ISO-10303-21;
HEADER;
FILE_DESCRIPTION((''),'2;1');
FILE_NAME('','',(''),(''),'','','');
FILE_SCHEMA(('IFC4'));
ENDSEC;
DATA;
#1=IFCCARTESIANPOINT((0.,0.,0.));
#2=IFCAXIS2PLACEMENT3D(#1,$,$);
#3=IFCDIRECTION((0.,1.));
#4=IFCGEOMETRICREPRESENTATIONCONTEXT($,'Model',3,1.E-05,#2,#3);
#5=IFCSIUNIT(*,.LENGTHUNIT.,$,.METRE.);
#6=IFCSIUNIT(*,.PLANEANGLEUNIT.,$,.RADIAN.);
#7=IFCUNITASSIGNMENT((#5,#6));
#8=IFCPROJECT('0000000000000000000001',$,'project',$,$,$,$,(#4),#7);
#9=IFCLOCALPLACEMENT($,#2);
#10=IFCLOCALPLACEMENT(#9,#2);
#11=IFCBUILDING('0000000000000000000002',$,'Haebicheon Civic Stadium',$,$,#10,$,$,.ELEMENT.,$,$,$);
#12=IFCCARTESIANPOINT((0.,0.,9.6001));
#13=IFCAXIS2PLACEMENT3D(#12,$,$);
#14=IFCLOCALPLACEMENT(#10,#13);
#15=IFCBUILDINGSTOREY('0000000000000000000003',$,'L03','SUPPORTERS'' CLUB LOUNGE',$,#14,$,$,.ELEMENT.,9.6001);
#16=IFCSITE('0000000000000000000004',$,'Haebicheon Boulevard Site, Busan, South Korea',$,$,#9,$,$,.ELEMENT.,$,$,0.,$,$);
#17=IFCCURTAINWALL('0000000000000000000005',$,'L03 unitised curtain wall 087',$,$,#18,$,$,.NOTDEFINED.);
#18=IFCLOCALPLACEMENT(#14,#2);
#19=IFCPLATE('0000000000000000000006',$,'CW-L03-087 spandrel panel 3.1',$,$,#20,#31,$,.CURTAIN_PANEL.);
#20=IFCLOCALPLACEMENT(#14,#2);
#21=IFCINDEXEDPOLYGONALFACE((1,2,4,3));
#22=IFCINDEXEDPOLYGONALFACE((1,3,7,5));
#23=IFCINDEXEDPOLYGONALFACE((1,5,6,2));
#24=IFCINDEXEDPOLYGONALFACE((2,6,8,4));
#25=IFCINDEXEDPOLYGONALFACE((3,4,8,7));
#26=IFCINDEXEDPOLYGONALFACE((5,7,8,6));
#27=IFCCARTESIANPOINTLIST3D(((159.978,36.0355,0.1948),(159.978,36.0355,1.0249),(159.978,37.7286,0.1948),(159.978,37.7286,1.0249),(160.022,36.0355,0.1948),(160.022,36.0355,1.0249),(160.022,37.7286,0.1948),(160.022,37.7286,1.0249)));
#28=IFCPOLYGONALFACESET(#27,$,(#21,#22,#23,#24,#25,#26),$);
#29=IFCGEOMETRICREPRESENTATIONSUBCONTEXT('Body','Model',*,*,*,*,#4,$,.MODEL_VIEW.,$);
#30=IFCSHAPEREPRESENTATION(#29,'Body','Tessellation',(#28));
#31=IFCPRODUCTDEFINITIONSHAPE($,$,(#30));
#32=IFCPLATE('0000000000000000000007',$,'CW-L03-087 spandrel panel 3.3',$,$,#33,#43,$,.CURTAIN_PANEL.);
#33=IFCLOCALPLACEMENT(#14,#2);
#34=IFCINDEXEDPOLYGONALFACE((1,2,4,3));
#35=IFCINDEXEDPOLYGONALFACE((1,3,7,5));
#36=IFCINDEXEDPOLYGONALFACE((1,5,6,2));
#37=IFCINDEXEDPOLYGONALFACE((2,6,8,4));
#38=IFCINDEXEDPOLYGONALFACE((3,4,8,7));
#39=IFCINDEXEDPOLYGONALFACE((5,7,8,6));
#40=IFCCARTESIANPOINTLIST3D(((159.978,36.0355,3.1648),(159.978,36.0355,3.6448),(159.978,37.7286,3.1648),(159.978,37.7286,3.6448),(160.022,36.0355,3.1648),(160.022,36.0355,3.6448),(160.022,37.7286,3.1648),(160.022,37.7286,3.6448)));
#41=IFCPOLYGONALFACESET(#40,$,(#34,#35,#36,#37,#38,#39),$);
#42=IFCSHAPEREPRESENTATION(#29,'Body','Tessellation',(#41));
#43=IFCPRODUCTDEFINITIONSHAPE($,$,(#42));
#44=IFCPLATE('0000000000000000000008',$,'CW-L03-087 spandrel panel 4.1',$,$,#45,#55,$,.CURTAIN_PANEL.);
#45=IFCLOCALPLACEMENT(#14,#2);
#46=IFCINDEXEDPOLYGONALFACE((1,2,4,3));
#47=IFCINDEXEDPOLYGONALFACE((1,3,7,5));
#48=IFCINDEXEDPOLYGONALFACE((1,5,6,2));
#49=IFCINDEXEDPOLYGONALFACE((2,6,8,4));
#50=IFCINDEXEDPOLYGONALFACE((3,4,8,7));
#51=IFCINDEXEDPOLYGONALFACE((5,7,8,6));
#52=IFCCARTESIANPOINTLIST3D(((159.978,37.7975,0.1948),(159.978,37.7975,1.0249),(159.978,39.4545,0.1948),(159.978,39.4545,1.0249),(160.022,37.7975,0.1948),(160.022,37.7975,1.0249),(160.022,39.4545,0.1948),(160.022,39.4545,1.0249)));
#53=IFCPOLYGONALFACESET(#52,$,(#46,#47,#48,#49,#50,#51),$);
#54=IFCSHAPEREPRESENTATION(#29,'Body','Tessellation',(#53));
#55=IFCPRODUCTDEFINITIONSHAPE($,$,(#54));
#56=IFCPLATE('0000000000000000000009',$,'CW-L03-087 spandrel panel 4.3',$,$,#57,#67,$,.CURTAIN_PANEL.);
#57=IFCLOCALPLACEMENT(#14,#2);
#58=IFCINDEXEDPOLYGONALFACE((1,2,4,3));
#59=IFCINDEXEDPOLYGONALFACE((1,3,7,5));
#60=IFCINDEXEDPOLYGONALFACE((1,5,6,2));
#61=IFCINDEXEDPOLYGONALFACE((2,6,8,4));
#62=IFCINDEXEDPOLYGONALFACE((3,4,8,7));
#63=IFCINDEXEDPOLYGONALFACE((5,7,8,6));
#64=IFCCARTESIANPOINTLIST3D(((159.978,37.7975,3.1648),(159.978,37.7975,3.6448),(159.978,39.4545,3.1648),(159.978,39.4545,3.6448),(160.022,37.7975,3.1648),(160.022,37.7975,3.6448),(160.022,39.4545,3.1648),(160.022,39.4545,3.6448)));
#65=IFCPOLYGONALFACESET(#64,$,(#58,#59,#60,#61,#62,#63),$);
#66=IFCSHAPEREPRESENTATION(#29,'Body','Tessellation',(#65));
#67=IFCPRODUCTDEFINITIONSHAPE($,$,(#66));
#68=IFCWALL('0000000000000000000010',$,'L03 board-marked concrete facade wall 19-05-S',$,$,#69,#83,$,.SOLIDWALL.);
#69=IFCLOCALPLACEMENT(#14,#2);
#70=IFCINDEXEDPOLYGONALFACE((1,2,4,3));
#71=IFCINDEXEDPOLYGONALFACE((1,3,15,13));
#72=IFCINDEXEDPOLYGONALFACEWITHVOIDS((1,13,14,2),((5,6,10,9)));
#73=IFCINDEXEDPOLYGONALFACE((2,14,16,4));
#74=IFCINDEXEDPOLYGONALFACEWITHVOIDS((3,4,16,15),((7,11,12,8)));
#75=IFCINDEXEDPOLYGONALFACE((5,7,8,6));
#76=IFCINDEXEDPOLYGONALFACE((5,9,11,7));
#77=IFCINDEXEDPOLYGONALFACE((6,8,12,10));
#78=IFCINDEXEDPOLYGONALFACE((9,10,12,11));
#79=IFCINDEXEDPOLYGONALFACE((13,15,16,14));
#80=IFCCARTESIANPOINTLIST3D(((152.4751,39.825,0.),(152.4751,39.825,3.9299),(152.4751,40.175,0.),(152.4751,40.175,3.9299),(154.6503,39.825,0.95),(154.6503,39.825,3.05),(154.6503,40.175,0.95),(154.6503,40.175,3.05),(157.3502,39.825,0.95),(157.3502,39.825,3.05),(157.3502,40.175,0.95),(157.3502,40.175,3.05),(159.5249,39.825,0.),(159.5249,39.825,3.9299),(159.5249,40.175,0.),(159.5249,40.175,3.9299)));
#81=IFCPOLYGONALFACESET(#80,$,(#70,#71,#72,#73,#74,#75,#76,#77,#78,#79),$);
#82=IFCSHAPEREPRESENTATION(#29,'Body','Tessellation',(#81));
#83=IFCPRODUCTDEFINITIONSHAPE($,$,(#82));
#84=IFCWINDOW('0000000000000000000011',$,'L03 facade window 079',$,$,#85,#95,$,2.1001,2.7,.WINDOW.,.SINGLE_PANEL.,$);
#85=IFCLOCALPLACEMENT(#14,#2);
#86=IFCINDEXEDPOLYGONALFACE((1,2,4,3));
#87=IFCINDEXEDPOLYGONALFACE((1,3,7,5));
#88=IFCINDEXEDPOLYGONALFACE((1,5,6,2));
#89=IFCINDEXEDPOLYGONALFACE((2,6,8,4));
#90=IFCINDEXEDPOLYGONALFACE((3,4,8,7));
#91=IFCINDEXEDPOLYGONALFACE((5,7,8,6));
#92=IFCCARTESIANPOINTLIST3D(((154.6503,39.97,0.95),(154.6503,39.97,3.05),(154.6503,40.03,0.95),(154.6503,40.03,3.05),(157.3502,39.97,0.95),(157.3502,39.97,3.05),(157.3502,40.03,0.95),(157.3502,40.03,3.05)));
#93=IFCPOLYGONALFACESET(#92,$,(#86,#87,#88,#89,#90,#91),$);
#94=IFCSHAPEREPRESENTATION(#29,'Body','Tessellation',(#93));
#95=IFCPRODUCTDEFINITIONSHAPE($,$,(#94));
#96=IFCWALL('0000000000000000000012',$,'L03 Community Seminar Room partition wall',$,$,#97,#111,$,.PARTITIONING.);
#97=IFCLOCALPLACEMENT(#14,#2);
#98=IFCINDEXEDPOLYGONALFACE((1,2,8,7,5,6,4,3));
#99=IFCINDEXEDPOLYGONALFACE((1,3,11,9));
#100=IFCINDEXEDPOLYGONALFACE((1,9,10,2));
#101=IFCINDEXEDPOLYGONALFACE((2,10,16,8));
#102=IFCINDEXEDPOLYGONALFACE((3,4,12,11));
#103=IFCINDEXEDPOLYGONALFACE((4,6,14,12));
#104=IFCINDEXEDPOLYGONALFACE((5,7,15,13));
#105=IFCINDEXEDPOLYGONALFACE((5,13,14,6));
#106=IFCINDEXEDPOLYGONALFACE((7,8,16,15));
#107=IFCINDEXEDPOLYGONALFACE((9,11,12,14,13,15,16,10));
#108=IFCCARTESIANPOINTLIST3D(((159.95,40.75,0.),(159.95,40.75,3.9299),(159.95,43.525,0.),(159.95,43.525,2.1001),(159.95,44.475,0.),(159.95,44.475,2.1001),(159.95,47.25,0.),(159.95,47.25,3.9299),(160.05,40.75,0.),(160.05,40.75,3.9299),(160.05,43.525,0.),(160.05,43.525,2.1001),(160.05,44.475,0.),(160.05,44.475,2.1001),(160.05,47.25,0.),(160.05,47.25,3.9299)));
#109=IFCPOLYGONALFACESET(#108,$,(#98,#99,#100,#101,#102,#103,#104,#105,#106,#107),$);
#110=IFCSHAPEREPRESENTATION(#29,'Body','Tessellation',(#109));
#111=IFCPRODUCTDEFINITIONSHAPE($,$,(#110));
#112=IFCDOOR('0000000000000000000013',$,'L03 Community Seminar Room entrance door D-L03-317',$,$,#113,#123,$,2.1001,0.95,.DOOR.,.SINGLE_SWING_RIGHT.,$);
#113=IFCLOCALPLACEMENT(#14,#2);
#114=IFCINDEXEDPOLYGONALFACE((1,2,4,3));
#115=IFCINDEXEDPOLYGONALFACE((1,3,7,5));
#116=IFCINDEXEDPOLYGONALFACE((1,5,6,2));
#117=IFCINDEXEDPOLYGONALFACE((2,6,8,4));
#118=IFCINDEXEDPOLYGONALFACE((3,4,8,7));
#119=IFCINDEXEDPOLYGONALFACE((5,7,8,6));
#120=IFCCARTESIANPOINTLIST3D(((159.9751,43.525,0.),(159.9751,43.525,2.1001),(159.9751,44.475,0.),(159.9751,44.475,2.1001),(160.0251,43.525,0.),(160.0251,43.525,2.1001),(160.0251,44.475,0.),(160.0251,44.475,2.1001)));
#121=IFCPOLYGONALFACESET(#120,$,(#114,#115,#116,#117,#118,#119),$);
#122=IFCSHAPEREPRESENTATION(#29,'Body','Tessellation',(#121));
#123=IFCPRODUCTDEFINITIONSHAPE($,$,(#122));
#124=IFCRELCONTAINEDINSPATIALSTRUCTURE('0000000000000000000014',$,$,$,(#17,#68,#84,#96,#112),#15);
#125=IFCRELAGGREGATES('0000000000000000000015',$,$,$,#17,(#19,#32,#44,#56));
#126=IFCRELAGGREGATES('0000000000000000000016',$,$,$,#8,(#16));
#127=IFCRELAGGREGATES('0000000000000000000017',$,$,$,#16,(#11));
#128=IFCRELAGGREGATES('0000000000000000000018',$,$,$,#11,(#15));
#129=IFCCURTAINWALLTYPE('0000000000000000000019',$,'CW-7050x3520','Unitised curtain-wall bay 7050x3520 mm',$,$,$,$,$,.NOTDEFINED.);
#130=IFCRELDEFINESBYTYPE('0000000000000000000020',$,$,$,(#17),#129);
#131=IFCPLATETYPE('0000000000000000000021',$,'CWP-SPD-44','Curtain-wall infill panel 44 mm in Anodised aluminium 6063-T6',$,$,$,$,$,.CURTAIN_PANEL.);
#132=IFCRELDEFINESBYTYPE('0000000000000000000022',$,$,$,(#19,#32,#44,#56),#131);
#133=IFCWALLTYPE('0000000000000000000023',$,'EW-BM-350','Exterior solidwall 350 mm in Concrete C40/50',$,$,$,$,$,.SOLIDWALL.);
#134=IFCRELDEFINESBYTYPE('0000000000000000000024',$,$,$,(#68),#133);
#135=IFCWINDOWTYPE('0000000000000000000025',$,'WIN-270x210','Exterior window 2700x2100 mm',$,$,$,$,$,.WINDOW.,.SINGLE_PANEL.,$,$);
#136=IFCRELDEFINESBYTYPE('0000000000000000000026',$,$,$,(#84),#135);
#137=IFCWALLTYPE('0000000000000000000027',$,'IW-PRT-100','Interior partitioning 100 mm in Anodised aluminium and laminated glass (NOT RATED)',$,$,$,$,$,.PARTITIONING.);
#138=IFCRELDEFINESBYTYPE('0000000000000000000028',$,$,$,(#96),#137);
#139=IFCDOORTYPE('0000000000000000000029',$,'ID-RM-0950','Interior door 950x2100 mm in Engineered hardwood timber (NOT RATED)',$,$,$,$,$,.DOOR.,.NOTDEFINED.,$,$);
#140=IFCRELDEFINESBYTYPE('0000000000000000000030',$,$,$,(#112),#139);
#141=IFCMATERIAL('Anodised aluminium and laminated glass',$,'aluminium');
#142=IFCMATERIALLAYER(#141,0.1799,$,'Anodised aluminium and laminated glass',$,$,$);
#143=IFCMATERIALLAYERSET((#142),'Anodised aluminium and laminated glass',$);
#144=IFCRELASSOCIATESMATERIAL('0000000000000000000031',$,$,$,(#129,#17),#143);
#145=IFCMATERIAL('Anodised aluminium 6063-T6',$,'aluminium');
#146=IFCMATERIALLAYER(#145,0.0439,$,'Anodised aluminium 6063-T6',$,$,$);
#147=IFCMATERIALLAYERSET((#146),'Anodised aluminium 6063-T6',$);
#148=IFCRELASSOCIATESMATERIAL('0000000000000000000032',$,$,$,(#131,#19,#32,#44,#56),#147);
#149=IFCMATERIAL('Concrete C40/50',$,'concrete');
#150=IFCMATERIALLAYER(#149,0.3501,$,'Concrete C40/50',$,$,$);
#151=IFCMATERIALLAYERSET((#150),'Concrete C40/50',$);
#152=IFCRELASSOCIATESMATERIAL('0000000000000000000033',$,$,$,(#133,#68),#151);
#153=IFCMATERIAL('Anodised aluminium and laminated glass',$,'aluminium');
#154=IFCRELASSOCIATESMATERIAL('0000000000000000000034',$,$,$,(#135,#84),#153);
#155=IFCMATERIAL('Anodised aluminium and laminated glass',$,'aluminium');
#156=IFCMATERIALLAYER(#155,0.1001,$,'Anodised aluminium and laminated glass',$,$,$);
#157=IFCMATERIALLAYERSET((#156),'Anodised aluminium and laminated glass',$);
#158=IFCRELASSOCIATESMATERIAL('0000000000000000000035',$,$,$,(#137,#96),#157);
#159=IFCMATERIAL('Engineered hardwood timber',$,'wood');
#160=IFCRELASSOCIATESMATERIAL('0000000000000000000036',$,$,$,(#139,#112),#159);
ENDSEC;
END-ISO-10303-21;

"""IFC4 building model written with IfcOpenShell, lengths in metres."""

from ifc_helpers import new_model, si_unit, direction, frame, frame_2d, origin, origin_2d, place, context, subcontext, project, spatial, rectangle, extrude, material, layer, layer_set, type_object, element, fill, aggregate, save


model = new_model("IFC4")

# Units and contexts
model_context = context("Model", 3, precision=1e-05, world=origin(), true_north=direction((0.0, 1.0)))
body_context = subcontext(model_context, "Body", "Model", "MODEL_VIEW")
ifc_project = project(units=[si_unit("LENGTHUNIT", "METRE"), si_unit("PLANEANGLEUNIT", "RADIAN")], contexts=[model_context])

# Site, building, storey
site_placement = place(None, origin())
site = spatial("IfcSite", under=ifc_project, at=site_placement, Name="Haebicheon Boulevard Site, Busan, South Korea", CompositionType="ELEMENT", RefElevation=0.0)
building_placement = place(site_placement, origin())
building = spatial("IfcBuilding", under=site, at=building_placement, Name="Haebicheon Civic Stadium", CompositionType="ELEMENT")
storey_placement = place(building_placement, frame((0.0, 0.0, 9.6001)))
storey = spatial("IfcBuildingStorey", under=building, at=storey_placement, Name="L03", Description="SUPPORTERS' CLUB LOUNGE", CompositionType="ELEMENT", Elevation=9.6001)

# Curtain wall
ifc_material_1 = material(Name="Anodised aluminium and laminated glass", Category="aluminium")
ifc_layer_1 = layer(ifc_material_1, 0.1799, Name="Anodised aluminium and laminated glass")
ifc_layer_set_1 = layer_set([ifc_layer_1], Name="Anodised aluminium and laminated glass")
curtain_wall_type = type_object("IfcCurtainWallType", Name="CW-7050x3520", Description="Unitised curtain-wall bay 7050x3520 mm", PredefinedType="NOTDEFINED", material=ifc_layer_set_1)
curtain_wall_placement = place(storey_placement, origin())
curtain_wall = element("IfcCurtainWall", 1, at=curtain_wall_placement, inside=storey, type_object=curtain_wall_type, material=ifc_layer_set_1, Name="L03 unitised curtain wall 087", PredefinedType="NOTDEFINED")

# Plates
ifc_material_2 = material(Name="Anodised aluminium 6063-T6", Category="aluminium")
ifc_layer_2 = layer(ifc_material_2, 0.0439, Name="Anodised aluminium 6063-T6")
ifc_layer_set_2 = layer_set([ifc_layer_2], Name="Anodised aluminium 6063-T6")
plate_type_1 = type_object("IfcPlateType", Name="CWP-SPD-44", Description="Curtain-wall infill panel 44 mm in Anodised aluminium 6063-T6", PredefinedType="CURTAIN_PANEL", material=ifc_layer_set_2)
plate_1_placement = place(storey_placement, frame((160.0, 36.8821, 0.1948), z_axis=(0.0, 0.0, 1.0), x_axis=(0.0, 1.0, 0.0)))
plate_1 = element("IfcPlate", 2, at=plate_1_placement, type_object=plate_type_1, material=ifc_layer_set_2, Name="CW-L03-087 spandrel panel 3.1", PredefinedType="CURTAIN_PANEL", context=body_context, shape_type="SweptSolid", body=[
    extrude(rectangle(XDim=1.6931, YDim=0.0439, at=origin_2d()), origin(), (0.0, 0.0, 1.0), 0.8301),
])
plate_2_placement = place(storey_placement, frame((160.0, 36.8821, 3.1648), z_axis=(0.0, 0.0, 1.0), x_axis=(0.0, 1.0, 0.0)))
plate_2 = element("IfcPlate", 3, at=plate_2_placement, type_object=plate_type_1, material=ifc_layer_set_2, Name="CW-L03-087 spandrel panel 3.3", PredefinedType="CURTAIN_PANEL", context=body_context, shape_type="SweptSolid", body=[
    extrude(rectangle(XDim=1.6931, YDim=0.0439, at=origin_2d()), origin(), (0.0, 0.0, 1.0), 0.48),
])
plate_3_placement = place(storey_placement, frame((160.0, 38.626, 0.1948), z_axis=(0.0, 0.0, 1.0), x_axis=(0.0, 1.0, 0.0)))
plate_3 = element("IfcPlate", 4, at=plate_3_placement, type_object=plate_type_1, material=ifc_layer_set_2, Name="CW-L03-087 spandrel panel 4.1", PredefinedType="CURTAIN_PANEL", context=body_context, shape_type="SweptSolid", body=[
    extrude(rectangle(XDim=1.657, YDim=0.0439, at=origin_2d()), origin(), (0.0, 0.0, 1.0), 0.8301),
])
plate_4_placement = place(storey_placement, frame((160.0, 38.626, 3.1648), z_axis=(0.0, 0.0, 1.0), x_axis=(0.0, 1.0, 0.0)))
plate_4 = element("IfcPlate", 5, at=plate_4_placement, type_object=plate_type_1, material=ifc_layer_set_2, Name="CW-L03-087 spandrel panel 4.3", PredefinedType="CURTAIN_PANEL", context=body_context, shape_type="SweptSolid", body=[
    extrude(rectangle(XDim=1.657, YDim=0.0439, at=origin_2d()), origin(), (0.0, 0.0, 1.0), 0.48),
])
aggregate(curtain_wall, [plate_1, plate_2, plate_3, plate_4])

# Wall, opening, window
ifc_material_3 = material(Name="Concrete C40/50", Category="concrete")
ifc_layer_3 = layer(ifc_material_3, 0.3501, Name="Concrete C40/50")
ifc_layer_set_3 = layer_set([ifc_layer_3], Name="Concrete C40/50")
wall_type_1 = type_object("IfcWallType", Name="EW-BM-350", Description="Exterior solidwall 350 mm in Concrete C40/50", PredefinedType="SOLIDWALL", material=ifc_layer_set_3)
wall_1_placement = place(storey_placement, frame((152.4751, 40.0, 0.0), z_axis=(0.0, 0.0, 1.0), x_axis=(1.0, 0.0, 0.0)))
wall_1 = element("IfcWall", 6, at=wall_1_placement, inside=storey, type_object=wall_type_1, material=ifc_layer_set_3, Name="L03 board-marked concrete facade wall 19-05-S", PredefinedType="SOLIDWALL", context=body_context, shape_type="SweptSolid", body=[
    extrude(rectangle(XDim=7.0498, YDim=0.3501, at=frame_2d((3.5249, 0.0))), origin(), (0.0, 0.0, 1.0), 3.9299),
])
opening_1_placement = place(wall_1_placement, frame((2.175, 0.0, 0.95)))
opening_1 = element("IfcOpeningElement", 7, at=opening_1_placement, cuts=wall_1, PredefinedType="OPENING", context=body_context, shape_type="SweptSolid", body=[
    extrude(rectangle(XDim=2.7, YDim=2.1001, at=frame_2d((1.3501, 1.05))), frame((0.0, 0.1851, 0.0), z_axis=(0.0, -1.0, 0.0), x_axis=(1.0, 0.0, 0.0)), (0.0, 0.0, 1.0), 0.3701),
])
ifc_material_4 = material(Name="Anodised aluminium and laminated glass", Category="aluminium")
window_type = type_object("IfcWindowType", Name="WIN-270x210", Description="Exterior window 2700x2100 mm", PartitioningType="SINGLE_PANEL", PredefinedType="WINDOW", material=ifc_material_4)
window_placement = place(opening_1_placement, origin())
window = element("IfcWindow", 8, at=window_placement, inside=storey, type_object=window_type, material=ifc_material_4, Name="L03 facade window 079", OverallHeight=2.1001, OverallWidth=2.7, PartitioningType="SINGLE_PANEL", PredefinedType="WINDOW", context=body_context, shape_type="SweptSolid", body=[
    extrude(rectangle(XDim=2.7, YDim=2.1001, at=frame_2d((1.3501, 1.05))), frame((0.0, 0.03, 0.0), z_axis=(0.0, -1.0, 0.0), x_axis=(1.0, 0.0, 0.0)), (0.0, 0.0, 1.0), 0.0601),
])
fill(opening_1, window)

# Wall, opening, door
ifc_material_5 = material(Name="Anodised aluminium and laminated glass", Category="aluminium")
ifc_layer_4 = layer(ifc_material_5, 0.1001, Name="Anodised aluminium and laminated glass")
ifc_layer_set_4 = layer_set([ifc_layer_4], Name="Anodised aluminium and laminated glass")
wall_type_2 = type_object("IfcWallType", Name="IW-PRT-100", Description="Interior partitioning 100 mm in Anodised aluminium and laminated glass (NOT RATED)", PredefinedType="PARTITIONING", material=ifc_layer_set_4)
wall_2_placement = place(storey_placement, frame((160.0, 40.75, 0.0), z_axis=(0.0, 0.0, 1.0), x_axis=(0.0, 1.0, 0.0)))
wall_2 = element("IfcWall", 9, at=wall_2_placement, inside=storey, type_object=wall_type_2, material=ifc_layer_set_4, Name="L03 Community Seminar Room partition wall", PredefinedType="PARTITIONING", context=body_context, shape_type="SweptSolid", body=[
    extrude(rectangle(XDim=6.5, YDim=0.1001, at=frame_2d((3.25, 0.0))), origin(), (0.0, 0.0, 1.0), 3.9299),
])
opening_2_placement = place(wall_2_placement, frame((2.7749, 0.0, 0.0)))
opening_2 = element("IfcOpeningElement", 10, at=opening_2_placement, cuts=wall_2, PredefinedType="OPENING", context=body_context, shape_type="SweptSolid", body=[
    extrude(rectangle(XDim=0.95, YDim=2.1001, at=frame_2d((0.4751, 1.05))), frame((0.0, 0.0601, 0.0), z_axis=(0.0, -1.0, 0.0), x_axis=(1.0, 0.0, 0.0)), (0.0, 0.0, 1.0), 0.1201),
])
ifc_material_6 = material(Name="Engineered hardwood timber", Category="wood")
door_type = type_object("IfcDoorType", Name="ID-RM-0950", Description="Interior door 950x2100 mm in Engineered hardwood timber (NOT RATED)", OperationType="NOTDEFINED", PredefinedType="DOOR", material=ifc_material_6)
door_placement = place(opening_2_placement, origin())
door = element("IfcDoor", 11, at=door_placement, inside=storey, type_object=door_type, material=ifc_material_6, Name="L03 Community Seminar Room entrance door D-L03-317", OperationType="SINGLE_SWING_RIGHT", OverallHeight=2.1001, OverallWidth=0.95, PredefinedType="DOOR", context=body_context, shape_type="SweptSolid", body=[
    extrude(rectangle(XDim=0.95, YDim=2.1001, at=frame_2d((0.4751, 1.05))), frame((0.0, 0.0249, 0.0), z_axis=(0.0, -1.0, 0.0), x_axis=(1.0, 0.0, 0.0)), (0.0, 0.0, 1.0), 0.05),
])
fill(opening_2, door)

save(model, "model.ifc")
